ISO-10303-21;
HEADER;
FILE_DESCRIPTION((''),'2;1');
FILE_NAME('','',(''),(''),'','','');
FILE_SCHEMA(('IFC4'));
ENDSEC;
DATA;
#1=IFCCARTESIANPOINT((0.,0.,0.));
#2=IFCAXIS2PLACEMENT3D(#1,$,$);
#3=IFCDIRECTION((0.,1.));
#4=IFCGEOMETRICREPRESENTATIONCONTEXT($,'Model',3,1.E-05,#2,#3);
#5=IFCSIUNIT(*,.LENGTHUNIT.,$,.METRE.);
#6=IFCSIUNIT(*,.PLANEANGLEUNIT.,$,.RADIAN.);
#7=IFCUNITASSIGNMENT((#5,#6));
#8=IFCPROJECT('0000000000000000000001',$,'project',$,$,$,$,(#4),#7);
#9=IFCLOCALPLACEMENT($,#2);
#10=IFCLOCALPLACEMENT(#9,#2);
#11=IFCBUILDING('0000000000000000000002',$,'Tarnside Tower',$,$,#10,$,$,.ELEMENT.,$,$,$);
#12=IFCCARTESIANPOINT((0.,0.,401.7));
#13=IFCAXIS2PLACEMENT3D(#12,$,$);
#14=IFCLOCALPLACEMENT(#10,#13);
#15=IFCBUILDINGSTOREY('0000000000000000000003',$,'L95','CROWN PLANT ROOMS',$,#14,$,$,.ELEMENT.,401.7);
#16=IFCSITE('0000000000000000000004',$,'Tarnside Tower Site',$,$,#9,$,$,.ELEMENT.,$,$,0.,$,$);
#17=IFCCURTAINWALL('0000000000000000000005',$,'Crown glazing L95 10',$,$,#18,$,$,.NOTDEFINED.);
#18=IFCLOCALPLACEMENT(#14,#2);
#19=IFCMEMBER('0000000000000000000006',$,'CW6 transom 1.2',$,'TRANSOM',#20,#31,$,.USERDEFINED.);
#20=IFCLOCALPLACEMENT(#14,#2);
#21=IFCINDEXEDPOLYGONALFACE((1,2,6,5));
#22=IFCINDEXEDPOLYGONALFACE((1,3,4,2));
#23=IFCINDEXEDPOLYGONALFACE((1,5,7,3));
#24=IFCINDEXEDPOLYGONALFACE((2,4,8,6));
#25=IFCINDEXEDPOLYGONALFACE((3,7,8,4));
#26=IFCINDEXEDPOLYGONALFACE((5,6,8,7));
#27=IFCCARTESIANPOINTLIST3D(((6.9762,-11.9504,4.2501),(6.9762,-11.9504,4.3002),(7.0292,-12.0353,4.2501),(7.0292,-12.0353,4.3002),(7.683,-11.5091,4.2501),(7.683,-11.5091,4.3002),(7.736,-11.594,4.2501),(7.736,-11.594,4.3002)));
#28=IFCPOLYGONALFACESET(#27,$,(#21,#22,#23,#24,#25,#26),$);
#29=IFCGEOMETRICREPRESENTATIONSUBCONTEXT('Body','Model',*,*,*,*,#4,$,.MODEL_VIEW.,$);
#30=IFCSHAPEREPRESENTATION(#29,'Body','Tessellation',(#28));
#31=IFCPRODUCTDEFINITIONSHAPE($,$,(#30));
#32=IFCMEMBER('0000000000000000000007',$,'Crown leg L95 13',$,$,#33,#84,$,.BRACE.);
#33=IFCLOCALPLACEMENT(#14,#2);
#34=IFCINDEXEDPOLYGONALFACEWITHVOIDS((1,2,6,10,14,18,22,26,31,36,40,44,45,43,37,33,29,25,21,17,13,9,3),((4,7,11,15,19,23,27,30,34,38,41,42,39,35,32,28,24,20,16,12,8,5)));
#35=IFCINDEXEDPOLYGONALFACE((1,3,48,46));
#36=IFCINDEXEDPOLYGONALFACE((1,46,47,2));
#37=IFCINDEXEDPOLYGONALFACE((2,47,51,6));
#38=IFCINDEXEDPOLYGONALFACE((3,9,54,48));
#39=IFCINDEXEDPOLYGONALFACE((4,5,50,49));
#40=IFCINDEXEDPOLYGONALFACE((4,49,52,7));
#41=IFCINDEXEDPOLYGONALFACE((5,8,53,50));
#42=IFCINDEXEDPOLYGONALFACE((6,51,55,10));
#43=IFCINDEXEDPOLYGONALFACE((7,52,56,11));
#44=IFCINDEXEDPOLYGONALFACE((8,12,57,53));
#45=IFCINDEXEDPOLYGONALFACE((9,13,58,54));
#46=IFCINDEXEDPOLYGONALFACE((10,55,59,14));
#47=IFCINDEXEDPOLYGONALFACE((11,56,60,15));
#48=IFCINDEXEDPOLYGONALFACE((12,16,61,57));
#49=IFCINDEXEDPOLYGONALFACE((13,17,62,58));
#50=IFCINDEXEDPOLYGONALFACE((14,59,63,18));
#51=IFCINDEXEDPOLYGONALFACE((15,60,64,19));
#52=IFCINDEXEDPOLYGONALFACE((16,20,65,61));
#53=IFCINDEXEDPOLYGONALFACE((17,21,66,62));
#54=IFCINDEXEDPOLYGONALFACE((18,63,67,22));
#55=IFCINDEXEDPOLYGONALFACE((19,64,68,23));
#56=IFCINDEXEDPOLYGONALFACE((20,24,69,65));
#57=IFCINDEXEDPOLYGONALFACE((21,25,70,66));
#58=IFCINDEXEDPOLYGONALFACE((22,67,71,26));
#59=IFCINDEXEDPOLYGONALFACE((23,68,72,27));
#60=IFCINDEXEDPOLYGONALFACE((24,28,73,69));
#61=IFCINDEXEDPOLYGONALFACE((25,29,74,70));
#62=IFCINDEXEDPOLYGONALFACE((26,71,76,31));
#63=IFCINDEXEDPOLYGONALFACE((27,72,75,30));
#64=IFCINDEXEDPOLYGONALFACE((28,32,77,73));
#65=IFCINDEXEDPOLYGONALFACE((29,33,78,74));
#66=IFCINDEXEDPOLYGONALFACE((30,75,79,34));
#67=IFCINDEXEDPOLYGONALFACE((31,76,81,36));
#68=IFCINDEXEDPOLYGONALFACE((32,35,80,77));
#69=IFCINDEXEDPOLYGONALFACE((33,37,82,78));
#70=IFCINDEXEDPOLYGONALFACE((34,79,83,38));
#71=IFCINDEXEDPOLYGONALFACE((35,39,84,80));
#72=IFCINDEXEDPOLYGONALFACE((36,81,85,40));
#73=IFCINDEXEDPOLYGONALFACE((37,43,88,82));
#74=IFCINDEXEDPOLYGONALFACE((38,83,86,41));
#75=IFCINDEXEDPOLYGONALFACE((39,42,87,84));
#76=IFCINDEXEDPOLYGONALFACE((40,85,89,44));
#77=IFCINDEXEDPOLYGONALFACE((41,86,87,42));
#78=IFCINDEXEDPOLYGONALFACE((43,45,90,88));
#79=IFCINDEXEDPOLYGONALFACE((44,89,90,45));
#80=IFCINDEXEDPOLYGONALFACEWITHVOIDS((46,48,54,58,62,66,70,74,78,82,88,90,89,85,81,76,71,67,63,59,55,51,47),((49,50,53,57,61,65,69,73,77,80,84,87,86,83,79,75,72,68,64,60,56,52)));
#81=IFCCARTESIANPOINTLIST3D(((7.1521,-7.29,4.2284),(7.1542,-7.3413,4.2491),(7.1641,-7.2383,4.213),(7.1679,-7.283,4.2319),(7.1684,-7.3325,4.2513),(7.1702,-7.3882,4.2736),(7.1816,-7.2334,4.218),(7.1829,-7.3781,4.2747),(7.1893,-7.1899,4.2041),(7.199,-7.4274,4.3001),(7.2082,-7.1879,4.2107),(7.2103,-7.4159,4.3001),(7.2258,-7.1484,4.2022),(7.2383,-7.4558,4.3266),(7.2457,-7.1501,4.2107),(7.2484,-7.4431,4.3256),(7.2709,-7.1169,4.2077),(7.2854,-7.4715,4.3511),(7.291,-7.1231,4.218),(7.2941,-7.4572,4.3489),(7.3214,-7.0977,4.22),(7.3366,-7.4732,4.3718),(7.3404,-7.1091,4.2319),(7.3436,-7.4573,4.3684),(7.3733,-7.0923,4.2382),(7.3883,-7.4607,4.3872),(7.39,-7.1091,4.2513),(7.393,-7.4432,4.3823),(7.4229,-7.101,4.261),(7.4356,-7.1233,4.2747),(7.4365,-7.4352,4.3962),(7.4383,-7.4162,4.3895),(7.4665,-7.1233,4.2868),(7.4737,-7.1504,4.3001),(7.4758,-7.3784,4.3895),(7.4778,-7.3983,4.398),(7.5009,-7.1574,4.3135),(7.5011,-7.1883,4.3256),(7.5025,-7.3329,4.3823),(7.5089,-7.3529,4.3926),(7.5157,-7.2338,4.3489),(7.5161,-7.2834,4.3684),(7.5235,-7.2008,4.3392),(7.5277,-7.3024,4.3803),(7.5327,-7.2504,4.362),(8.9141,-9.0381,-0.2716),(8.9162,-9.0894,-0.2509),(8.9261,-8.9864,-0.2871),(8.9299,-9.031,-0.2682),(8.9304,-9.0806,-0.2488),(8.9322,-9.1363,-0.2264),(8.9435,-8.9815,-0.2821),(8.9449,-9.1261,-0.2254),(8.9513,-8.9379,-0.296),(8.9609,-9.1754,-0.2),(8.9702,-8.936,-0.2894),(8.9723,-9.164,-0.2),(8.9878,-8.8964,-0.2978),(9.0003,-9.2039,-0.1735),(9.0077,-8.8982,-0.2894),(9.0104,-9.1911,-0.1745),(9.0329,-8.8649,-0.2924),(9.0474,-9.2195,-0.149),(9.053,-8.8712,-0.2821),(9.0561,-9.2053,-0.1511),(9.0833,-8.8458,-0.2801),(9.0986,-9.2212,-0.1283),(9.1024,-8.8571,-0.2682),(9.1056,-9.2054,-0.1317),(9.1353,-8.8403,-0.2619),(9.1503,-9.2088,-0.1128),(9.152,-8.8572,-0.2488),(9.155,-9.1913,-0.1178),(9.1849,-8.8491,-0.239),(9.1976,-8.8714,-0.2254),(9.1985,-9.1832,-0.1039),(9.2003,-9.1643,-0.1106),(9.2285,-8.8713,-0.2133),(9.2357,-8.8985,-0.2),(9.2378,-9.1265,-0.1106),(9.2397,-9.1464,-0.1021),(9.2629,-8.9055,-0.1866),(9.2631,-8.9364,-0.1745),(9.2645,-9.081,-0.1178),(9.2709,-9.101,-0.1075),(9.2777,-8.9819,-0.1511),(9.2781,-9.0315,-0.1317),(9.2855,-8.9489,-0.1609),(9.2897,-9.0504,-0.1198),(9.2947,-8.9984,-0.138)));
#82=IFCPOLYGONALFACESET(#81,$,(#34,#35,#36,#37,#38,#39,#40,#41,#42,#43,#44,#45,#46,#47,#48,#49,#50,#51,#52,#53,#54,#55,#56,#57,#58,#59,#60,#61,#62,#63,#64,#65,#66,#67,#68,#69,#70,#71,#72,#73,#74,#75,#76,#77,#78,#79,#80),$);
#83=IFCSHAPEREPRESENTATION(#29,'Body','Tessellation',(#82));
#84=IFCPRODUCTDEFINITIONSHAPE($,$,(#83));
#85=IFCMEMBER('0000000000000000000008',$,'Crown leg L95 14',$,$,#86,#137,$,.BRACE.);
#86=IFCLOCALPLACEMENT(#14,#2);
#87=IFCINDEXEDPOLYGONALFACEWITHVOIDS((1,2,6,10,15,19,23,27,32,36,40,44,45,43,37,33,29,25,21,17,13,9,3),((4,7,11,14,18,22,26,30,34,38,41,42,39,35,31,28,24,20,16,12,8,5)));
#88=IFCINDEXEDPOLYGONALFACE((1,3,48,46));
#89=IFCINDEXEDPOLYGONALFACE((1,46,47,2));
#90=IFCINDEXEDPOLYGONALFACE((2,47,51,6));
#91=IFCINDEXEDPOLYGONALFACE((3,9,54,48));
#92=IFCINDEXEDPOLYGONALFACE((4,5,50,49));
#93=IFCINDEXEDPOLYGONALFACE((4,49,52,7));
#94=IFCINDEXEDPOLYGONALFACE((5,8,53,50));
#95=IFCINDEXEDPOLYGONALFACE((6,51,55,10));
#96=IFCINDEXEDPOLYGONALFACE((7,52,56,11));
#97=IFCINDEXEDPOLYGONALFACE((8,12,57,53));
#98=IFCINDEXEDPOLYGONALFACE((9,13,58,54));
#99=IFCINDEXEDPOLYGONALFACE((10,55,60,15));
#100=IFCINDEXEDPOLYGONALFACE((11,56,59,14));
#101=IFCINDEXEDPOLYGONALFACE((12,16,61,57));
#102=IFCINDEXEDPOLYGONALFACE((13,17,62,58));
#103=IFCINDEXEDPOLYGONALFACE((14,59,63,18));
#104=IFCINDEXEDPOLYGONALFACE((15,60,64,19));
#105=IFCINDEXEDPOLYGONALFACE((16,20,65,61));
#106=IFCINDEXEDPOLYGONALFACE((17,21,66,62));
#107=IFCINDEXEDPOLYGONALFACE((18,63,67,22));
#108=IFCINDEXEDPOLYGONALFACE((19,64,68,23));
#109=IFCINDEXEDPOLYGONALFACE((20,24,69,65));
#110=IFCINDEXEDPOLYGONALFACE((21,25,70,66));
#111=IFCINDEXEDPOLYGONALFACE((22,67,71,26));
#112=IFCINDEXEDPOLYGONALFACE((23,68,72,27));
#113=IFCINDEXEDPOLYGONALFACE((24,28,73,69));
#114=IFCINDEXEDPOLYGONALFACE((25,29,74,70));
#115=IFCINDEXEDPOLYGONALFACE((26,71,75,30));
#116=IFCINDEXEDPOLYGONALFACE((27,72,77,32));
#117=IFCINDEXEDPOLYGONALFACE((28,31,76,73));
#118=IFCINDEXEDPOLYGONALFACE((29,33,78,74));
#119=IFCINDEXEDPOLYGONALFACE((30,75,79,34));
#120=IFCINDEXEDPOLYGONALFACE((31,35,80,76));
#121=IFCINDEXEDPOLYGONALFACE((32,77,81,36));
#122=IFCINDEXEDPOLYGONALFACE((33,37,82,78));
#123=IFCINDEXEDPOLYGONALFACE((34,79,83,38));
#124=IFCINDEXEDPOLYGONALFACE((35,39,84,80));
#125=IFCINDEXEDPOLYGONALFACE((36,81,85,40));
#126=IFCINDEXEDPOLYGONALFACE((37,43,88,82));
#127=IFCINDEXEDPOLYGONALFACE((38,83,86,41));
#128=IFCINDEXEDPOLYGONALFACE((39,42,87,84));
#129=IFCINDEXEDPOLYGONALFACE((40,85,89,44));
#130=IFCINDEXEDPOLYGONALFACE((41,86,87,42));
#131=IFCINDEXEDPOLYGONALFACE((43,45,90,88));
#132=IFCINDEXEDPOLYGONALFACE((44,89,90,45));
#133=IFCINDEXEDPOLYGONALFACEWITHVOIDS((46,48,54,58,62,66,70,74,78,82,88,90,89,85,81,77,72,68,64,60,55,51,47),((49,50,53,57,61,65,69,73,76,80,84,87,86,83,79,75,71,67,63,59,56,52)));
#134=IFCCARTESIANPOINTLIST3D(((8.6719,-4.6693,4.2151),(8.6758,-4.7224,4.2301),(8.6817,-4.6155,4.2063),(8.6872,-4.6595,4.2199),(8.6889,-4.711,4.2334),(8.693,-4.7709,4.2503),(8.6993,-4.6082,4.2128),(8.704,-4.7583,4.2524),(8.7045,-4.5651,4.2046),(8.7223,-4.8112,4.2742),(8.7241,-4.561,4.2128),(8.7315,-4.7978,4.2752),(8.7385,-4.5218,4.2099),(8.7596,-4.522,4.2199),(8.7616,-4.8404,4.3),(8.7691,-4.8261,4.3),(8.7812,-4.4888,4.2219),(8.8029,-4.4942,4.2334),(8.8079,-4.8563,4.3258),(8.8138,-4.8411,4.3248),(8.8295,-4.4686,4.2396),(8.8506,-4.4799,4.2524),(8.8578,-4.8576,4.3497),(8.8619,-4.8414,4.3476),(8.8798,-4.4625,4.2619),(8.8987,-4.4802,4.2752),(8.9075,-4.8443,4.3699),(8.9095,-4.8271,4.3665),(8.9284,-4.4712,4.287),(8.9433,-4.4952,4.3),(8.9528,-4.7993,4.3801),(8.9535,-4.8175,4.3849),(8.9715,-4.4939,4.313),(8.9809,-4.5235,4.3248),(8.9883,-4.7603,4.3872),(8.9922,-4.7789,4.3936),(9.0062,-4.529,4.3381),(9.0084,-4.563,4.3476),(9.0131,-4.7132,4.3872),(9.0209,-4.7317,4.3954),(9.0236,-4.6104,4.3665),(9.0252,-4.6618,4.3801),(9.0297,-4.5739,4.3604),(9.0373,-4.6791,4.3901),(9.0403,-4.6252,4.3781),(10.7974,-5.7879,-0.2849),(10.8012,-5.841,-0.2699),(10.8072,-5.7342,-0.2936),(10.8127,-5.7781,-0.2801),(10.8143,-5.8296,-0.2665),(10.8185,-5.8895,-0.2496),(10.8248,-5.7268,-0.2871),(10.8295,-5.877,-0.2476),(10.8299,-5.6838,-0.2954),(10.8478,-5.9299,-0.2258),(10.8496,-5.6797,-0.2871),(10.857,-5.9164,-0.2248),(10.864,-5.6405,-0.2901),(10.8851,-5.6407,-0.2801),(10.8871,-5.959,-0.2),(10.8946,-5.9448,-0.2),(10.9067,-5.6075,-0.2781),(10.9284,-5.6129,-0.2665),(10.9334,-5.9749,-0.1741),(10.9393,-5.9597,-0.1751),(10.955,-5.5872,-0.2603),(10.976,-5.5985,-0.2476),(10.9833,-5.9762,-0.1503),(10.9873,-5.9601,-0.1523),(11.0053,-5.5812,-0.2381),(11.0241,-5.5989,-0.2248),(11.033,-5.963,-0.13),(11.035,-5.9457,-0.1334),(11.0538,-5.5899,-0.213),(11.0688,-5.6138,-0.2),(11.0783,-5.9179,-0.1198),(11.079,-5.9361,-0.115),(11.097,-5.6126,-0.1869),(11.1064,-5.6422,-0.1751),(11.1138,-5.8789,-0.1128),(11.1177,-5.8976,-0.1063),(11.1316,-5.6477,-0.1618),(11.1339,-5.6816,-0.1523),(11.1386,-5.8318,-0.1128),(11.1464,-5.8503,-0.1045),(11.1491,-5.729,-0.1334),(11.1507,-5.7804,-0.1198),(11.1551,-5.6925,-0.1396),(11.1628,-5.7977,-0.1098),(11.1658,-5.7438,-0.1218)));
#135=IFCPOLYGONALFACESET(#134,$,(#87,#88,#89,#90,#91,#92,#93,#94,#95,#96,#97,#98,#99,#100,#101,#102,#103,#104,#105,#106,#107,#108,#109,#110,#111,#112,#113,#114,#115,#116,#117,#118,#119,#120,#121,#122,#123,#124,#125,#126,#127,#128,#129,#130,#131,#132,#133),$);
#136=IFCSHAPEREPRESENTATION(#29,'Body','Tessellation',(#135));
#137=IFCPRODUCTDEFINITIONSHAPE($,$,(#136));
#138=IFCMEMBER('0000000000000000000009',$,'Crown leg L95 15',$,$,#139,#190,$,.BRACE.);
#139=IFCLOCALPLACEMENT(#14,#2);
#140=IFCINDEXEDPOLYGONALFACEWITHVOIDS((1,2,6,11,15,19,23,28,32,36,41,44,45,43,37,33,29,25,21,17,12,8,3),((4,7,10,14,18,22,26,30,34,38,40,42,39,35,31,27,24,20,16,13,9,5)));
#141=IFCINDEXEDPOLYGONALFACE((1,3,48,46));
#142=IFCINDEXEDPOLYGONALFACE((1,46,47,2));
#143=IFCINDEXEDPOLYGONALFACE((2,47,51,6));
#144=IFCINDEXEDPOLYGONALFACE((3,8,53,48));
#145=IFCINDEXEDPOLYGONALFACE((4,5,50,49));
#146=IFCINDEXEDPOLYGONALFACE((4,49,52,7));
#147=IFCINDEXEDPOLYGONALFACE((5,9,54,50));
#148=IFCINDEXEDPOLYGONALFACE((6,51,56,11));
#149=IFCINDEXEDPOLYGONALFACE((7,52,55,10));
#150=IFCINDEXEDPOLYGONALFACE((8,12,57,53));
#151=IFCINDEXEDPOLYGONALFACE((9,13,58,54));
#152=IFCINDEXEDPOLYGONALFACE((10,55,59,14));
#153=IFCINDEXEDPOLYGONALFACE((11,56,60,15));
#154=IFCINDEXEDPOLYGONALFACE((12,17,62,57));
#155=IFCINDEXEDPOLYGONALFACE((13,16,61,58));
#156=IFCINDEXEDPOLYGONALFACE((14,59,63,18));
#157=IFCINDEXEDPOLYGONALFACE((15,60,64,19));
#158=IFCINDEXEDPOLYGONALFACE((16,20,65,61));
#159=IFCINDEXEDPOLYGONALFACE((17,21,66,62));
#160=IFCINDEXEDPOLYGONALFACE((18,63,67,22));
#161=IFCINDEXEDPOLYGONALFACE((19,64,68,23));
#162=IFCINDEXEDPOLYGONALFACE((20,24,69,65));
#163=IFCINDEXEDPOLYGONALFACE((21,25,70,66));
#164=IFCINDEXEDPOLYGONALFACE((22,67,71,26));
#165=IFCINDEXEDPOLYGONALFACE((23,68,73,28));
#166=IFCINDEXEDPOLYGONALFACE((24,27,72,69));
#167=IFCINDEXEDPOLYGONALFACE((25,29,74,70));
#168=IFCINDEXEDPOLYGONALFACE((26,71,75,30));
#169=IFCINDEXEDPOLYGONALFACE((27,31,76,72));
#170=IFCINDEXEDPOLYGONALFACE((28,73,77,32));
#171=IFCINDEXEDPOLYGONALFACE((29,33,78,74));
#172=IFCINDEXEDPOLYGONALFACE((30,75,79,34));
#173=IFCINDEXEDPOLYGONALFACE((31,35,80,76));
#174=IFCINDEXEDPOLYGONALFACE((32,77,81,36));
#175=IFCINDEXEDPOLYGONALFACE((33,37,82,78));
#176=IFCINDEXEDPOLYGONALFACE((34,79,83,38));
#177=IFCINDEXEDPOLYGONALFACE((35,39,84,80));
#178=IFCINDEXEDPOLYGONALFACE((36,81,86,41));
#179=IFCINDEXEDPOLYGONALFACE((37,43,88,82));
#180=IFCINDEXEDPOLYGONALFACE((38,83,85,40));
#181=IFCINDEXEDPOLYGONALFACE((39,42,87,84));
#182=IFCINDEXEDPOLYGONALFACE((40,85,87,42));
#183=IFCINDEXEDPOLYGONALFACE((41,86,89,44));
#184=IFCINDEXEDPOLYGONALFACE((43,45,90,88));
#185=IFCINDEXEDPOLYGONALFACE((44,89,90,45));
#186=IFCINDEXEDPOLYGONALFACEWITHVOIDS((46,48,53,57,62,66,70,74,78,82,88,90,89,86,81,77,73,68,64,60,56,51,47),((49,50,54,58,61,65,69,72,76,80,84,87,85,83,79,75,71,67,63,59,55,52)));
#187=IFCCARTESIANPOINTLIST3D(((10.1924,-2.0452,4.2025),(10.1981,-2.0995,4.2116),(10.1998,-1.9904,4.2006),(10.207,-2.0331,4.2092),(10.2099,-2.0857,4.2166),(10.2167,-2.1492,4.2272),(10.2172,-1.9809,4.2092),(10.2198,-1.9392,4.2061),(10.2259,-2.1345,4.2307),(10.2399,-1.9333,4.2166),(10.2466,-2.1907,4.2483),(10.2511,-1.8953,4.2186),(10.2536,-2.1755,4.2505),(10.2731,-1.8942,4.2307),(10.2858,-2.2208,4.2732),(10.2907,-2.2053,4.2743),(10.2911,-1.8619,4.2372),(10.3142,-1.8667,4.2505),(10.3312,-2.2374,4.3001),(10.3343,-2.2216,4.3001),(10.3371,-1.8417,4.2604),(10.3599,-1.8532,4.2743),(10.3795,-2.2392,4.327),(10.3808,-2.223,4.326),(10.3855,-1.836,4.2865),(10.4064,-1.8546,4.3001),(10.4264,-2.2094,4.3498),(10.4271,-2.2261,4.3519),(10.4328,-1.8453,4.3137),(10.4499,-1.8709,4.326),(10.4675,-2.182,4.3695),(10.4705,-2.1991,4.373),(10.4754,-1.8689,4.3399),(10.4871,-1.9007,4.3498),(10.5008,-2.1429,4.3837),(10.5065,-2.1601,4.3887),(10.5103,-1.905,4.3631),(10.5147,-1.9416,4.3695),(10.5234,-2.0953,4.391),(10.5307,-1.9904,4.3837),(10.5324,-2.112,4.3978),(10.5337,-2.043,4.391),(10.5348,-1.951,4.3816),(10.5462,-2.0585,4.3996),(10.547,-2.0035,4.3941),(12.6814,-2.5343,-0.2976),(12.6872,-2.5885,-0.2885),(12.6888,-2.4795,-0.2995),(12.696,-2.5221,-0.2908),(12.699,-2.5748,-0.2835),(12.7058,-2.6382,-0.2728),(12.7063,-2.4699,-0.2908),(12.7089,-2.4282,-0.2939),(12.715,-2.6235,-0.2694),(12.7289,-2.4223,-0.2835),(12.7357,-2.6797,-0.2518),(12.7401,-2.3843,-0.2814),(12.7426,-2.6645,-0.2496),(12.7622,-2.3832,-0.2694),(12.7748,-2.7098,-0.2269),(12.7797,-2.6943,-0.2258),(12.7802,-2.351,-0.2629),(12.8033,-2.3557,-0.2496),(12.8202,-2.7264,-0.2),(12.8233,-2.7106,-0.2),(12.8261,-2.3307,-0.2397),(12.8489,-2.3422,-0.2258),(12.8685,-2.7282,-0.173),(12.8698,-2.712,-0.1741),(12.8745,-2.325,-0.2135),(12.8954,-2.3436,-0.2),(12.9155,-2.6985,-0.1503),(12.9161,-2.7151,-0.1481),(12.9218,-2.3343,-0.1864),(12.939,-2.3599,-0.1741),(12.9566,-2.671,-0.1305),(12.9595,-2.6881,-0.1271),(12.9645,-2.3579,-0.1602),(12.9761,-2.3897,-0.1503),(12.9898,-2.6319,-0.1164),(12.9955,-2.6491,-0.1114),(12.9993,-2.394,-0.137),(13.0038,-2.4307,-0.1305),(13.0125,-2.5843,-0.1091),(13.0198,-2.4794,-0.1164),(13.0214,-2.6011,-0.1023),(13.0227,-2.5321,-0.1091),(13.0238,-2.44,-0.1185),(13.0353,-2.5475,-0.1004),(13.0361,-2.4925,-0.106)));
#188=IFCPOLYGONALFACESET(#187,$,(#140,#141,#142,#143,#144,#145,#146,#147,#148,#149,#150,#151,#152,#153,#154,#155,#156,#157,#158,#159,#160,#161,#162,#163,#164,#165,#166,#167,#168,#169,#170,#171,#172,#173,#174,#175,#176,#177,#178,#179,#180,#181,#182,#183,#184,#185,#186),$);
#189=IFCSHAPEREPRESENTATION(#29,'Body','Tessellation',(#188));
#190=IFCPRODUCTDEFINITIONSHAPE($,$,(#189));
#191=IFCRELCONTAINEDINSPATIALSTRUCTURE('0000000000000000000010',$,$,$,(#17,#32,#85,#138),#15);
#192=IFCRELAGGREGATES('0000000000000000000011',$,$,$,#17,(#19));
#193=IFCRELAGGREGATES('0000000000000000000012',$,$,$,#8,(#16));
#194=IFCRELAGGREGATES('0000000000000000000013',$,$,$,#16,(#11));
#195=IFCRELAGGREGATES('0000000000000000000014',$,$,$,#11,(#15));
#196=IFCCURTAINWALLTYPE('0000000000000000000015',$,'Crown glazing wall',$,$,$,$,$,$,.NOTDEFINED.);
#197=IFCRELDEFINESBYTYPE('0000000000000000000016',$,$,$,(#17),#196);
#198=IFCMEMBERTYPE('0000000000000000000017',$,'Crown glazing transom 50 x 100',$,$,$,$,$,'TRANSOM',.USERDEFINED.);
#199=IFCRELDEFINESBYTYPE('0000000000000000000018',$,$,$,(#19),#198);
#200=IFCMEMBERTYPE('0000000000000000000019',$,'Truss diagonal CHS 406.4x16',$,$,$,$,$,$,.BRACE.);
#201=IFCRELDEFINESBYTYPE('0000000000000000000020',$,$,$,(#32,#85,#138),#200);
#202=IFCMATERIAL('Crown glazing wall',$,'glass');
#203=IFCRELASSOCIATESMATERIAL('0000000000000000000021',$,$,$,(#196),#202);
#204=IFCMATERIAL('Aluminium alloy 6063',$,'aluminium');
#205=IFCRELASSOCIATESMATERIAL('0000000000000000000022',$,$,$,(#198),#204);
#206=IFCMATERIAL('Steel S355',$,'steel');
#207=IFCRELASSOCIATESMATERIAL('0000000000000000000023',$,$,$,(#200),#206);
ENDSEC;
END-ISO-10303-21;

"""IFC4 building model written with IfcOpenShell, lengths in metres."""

from ifc_helpers import new_model, si_unit, direction, frame, origin, origin_2d, place, context, subcontext, project, spatial, rectangle, hollow_circle, extrude, material, material_profile, profile_set, type_object, element, aggregate, save


model = new_model("IFC4")

# Units and contexts
model_context = context("Model", 3, precision=1e-05, world=origin(), true_north=direction((0.0, 1.0)))
body_context = subcontext(model_context, "Body", "Model", "MODEL_VIEW")
ifc_project = project(units=[si_unit("LENGTHUNIT", "METRE"), si_unit("PLANEANGLEUNIT", "RADIAN")], contexts=[model_context])

# Site, building, storey
site_placement = place(None, origin())
site = spatial("IfcSite", under=ifc_project, at=site_placement, Name="Tarnside Tower Site", CompositionType="ELEMENT", RefElevation=0.0)
building_placement = place(site_placement, origin())
building = spatial("IfcBuilding", under=site, at=building_placement, Name="Tarnside Tower", CompositionType="ELEMENT")
storey_placement = place(building_placement, frame((0.0, 0.0, 401.7)))
storey = spatial("IfcBuildingStorey", under=building, at=storey_placement, Name="L95", Description="CROWN PLANT ROOMS", CompositionType="ELEMENT", Elevation=401.7)

# Shared definitions
ifc_material_1 = material(Name="Crown glazing wall", Category="glass")
curtain_wall_type = type_object("IfcCurtainWallType", Name="Crown glazing wall", PredefinedType="NOTDEFINED", material=ifc_material_1)
ifc_material_2 = material(Name="Aluminium alloy 6063", Category="aluminium")

# Curtain wall
curtain_wall_1_placement = place(storey_placement, origin())
curtain_wall_1 = element("IfcCurtainWall", 1, at=curtain_wall_1_placement, inside=storey, type_object=curtain_wall_type, Name="Crown glazing L95 10", PredefinedType="NOTDEFINED")

# Member
ifc_material_profile_1 = material_profile(ifc_material_2, rectangle(XDim=0.1001, YDim=0.05, at=origin_2d()), Name="Crown glazing transom 50 x 100")
ifc_profile_set_1 = profile_set([ifc_material_profile_1], Name="Aluminium alloy 6063")
member_type_1 = type_object("IfcMemberType", Name="Crown glazing transom 50 x 100", ElementType="TRANSOM", PredefinedType="USERDEFINED", material=ifc_profile_set_1)
member_1_placement = place(storey_placement, frame((7.7095, -11.5515, 4.2751), z_axis=(-0.848179, -0.529709, 0.0), x_axis=(0.529709, -0.848179, 0.0)))
member_1 = element("IfcMember", 2, at=member_1_placement, type_object=member_type_1, Name="CW6 transom 1.2", ObjectType="TRANSOM", PredefinedType="USERDEFINED", context=body_context, shape_type="SweptSolid", body=[
    extrude(rectangle(XDim=0.1001, YDim=0.05, at=origin_2d()), origin(), (0.0, 0.0, 1.0), 0.8333),
])
aggregate(curtain_wall_1, [member_1])

# Members
ifc_material_3 = material(Name="Steel S355", Category="steel")
ifc_material_profile_2 = material_profile(ifc_material_3, hollow_circle(Radius=0.2031, WallThickness=0.0161, at=origin_2d()), Name="CHS 406.4x16")
ifc_profile_set_2 = profile_set([ifc_material_profile_2], Name="Steel S355")
member_type_2 = type_object("IfcMemberType", Name="Truss diagonal CHS 406.4x16", PredefinedType="BRACE", material=ifc_profile_set_2)
member_2_placement = place(storey_placement, frame((9.104, -9.0312, -0.2), z_axis=(-0.342855, 0.340148, 0.875642), x_axis=(-0.704298, -0.709905, 0.0)))
element("IfcMember", 3, at=member_2_placement, inside=storey, type_object=member_type_2, Name="Crown leg L95 13", PredefinedType="BRACE", context=body_context, shape_type="SweptSolid", body=[
    extrude(hollow_circle(Radius=0.2031, WallThickness=0.0161, at=origin_2d()), origin(), (0.0, 0.0, 1.0), 5.1392),
])
member_3_placement = place(storey_placement, frame((10.9817, -5.7793, -0.2), z_axis=(-0.41669, 0.219305, 0.882199), x_axis=(-0.465738, -0.884923, 0.0)))
element("IfcMember", 4, at=member_3_placement, inside=storey, type_object=member_type_2, Name="Crown leg L95 14", PredefinedType="BRACE", context=body_context, shape_type="SweptSolid", body=[
    extrude(hollow_circle(Radius=0.2031, WallThickness=0.0161, at=origin_2d()), origin(), (0.0, 0.0, 1.0), 5.1008),
])
member_4_placement = place(storey_placement, frame((12.8594, -2.5271, -0.2), z_axis=(-0.481836, 0.094666, 0.871133), x_axis=(-0.192783, -0.981241, 0.0)))
element("IfcMember", 5, at=member_4_placement, inside=storey, type_object=member_type_2, Name="Crown leg L95 15", PredefinedType="BRACE", context=body_context, shape_type="SweptSolid", body=[
    extrude(hollow_circle(Radius=0.2031, WallThickness=0.0161, at=origin_2d()), origin(), (0.0, 0.0, 1.0), 5.1658),
])

save(model, "model.ifc")
